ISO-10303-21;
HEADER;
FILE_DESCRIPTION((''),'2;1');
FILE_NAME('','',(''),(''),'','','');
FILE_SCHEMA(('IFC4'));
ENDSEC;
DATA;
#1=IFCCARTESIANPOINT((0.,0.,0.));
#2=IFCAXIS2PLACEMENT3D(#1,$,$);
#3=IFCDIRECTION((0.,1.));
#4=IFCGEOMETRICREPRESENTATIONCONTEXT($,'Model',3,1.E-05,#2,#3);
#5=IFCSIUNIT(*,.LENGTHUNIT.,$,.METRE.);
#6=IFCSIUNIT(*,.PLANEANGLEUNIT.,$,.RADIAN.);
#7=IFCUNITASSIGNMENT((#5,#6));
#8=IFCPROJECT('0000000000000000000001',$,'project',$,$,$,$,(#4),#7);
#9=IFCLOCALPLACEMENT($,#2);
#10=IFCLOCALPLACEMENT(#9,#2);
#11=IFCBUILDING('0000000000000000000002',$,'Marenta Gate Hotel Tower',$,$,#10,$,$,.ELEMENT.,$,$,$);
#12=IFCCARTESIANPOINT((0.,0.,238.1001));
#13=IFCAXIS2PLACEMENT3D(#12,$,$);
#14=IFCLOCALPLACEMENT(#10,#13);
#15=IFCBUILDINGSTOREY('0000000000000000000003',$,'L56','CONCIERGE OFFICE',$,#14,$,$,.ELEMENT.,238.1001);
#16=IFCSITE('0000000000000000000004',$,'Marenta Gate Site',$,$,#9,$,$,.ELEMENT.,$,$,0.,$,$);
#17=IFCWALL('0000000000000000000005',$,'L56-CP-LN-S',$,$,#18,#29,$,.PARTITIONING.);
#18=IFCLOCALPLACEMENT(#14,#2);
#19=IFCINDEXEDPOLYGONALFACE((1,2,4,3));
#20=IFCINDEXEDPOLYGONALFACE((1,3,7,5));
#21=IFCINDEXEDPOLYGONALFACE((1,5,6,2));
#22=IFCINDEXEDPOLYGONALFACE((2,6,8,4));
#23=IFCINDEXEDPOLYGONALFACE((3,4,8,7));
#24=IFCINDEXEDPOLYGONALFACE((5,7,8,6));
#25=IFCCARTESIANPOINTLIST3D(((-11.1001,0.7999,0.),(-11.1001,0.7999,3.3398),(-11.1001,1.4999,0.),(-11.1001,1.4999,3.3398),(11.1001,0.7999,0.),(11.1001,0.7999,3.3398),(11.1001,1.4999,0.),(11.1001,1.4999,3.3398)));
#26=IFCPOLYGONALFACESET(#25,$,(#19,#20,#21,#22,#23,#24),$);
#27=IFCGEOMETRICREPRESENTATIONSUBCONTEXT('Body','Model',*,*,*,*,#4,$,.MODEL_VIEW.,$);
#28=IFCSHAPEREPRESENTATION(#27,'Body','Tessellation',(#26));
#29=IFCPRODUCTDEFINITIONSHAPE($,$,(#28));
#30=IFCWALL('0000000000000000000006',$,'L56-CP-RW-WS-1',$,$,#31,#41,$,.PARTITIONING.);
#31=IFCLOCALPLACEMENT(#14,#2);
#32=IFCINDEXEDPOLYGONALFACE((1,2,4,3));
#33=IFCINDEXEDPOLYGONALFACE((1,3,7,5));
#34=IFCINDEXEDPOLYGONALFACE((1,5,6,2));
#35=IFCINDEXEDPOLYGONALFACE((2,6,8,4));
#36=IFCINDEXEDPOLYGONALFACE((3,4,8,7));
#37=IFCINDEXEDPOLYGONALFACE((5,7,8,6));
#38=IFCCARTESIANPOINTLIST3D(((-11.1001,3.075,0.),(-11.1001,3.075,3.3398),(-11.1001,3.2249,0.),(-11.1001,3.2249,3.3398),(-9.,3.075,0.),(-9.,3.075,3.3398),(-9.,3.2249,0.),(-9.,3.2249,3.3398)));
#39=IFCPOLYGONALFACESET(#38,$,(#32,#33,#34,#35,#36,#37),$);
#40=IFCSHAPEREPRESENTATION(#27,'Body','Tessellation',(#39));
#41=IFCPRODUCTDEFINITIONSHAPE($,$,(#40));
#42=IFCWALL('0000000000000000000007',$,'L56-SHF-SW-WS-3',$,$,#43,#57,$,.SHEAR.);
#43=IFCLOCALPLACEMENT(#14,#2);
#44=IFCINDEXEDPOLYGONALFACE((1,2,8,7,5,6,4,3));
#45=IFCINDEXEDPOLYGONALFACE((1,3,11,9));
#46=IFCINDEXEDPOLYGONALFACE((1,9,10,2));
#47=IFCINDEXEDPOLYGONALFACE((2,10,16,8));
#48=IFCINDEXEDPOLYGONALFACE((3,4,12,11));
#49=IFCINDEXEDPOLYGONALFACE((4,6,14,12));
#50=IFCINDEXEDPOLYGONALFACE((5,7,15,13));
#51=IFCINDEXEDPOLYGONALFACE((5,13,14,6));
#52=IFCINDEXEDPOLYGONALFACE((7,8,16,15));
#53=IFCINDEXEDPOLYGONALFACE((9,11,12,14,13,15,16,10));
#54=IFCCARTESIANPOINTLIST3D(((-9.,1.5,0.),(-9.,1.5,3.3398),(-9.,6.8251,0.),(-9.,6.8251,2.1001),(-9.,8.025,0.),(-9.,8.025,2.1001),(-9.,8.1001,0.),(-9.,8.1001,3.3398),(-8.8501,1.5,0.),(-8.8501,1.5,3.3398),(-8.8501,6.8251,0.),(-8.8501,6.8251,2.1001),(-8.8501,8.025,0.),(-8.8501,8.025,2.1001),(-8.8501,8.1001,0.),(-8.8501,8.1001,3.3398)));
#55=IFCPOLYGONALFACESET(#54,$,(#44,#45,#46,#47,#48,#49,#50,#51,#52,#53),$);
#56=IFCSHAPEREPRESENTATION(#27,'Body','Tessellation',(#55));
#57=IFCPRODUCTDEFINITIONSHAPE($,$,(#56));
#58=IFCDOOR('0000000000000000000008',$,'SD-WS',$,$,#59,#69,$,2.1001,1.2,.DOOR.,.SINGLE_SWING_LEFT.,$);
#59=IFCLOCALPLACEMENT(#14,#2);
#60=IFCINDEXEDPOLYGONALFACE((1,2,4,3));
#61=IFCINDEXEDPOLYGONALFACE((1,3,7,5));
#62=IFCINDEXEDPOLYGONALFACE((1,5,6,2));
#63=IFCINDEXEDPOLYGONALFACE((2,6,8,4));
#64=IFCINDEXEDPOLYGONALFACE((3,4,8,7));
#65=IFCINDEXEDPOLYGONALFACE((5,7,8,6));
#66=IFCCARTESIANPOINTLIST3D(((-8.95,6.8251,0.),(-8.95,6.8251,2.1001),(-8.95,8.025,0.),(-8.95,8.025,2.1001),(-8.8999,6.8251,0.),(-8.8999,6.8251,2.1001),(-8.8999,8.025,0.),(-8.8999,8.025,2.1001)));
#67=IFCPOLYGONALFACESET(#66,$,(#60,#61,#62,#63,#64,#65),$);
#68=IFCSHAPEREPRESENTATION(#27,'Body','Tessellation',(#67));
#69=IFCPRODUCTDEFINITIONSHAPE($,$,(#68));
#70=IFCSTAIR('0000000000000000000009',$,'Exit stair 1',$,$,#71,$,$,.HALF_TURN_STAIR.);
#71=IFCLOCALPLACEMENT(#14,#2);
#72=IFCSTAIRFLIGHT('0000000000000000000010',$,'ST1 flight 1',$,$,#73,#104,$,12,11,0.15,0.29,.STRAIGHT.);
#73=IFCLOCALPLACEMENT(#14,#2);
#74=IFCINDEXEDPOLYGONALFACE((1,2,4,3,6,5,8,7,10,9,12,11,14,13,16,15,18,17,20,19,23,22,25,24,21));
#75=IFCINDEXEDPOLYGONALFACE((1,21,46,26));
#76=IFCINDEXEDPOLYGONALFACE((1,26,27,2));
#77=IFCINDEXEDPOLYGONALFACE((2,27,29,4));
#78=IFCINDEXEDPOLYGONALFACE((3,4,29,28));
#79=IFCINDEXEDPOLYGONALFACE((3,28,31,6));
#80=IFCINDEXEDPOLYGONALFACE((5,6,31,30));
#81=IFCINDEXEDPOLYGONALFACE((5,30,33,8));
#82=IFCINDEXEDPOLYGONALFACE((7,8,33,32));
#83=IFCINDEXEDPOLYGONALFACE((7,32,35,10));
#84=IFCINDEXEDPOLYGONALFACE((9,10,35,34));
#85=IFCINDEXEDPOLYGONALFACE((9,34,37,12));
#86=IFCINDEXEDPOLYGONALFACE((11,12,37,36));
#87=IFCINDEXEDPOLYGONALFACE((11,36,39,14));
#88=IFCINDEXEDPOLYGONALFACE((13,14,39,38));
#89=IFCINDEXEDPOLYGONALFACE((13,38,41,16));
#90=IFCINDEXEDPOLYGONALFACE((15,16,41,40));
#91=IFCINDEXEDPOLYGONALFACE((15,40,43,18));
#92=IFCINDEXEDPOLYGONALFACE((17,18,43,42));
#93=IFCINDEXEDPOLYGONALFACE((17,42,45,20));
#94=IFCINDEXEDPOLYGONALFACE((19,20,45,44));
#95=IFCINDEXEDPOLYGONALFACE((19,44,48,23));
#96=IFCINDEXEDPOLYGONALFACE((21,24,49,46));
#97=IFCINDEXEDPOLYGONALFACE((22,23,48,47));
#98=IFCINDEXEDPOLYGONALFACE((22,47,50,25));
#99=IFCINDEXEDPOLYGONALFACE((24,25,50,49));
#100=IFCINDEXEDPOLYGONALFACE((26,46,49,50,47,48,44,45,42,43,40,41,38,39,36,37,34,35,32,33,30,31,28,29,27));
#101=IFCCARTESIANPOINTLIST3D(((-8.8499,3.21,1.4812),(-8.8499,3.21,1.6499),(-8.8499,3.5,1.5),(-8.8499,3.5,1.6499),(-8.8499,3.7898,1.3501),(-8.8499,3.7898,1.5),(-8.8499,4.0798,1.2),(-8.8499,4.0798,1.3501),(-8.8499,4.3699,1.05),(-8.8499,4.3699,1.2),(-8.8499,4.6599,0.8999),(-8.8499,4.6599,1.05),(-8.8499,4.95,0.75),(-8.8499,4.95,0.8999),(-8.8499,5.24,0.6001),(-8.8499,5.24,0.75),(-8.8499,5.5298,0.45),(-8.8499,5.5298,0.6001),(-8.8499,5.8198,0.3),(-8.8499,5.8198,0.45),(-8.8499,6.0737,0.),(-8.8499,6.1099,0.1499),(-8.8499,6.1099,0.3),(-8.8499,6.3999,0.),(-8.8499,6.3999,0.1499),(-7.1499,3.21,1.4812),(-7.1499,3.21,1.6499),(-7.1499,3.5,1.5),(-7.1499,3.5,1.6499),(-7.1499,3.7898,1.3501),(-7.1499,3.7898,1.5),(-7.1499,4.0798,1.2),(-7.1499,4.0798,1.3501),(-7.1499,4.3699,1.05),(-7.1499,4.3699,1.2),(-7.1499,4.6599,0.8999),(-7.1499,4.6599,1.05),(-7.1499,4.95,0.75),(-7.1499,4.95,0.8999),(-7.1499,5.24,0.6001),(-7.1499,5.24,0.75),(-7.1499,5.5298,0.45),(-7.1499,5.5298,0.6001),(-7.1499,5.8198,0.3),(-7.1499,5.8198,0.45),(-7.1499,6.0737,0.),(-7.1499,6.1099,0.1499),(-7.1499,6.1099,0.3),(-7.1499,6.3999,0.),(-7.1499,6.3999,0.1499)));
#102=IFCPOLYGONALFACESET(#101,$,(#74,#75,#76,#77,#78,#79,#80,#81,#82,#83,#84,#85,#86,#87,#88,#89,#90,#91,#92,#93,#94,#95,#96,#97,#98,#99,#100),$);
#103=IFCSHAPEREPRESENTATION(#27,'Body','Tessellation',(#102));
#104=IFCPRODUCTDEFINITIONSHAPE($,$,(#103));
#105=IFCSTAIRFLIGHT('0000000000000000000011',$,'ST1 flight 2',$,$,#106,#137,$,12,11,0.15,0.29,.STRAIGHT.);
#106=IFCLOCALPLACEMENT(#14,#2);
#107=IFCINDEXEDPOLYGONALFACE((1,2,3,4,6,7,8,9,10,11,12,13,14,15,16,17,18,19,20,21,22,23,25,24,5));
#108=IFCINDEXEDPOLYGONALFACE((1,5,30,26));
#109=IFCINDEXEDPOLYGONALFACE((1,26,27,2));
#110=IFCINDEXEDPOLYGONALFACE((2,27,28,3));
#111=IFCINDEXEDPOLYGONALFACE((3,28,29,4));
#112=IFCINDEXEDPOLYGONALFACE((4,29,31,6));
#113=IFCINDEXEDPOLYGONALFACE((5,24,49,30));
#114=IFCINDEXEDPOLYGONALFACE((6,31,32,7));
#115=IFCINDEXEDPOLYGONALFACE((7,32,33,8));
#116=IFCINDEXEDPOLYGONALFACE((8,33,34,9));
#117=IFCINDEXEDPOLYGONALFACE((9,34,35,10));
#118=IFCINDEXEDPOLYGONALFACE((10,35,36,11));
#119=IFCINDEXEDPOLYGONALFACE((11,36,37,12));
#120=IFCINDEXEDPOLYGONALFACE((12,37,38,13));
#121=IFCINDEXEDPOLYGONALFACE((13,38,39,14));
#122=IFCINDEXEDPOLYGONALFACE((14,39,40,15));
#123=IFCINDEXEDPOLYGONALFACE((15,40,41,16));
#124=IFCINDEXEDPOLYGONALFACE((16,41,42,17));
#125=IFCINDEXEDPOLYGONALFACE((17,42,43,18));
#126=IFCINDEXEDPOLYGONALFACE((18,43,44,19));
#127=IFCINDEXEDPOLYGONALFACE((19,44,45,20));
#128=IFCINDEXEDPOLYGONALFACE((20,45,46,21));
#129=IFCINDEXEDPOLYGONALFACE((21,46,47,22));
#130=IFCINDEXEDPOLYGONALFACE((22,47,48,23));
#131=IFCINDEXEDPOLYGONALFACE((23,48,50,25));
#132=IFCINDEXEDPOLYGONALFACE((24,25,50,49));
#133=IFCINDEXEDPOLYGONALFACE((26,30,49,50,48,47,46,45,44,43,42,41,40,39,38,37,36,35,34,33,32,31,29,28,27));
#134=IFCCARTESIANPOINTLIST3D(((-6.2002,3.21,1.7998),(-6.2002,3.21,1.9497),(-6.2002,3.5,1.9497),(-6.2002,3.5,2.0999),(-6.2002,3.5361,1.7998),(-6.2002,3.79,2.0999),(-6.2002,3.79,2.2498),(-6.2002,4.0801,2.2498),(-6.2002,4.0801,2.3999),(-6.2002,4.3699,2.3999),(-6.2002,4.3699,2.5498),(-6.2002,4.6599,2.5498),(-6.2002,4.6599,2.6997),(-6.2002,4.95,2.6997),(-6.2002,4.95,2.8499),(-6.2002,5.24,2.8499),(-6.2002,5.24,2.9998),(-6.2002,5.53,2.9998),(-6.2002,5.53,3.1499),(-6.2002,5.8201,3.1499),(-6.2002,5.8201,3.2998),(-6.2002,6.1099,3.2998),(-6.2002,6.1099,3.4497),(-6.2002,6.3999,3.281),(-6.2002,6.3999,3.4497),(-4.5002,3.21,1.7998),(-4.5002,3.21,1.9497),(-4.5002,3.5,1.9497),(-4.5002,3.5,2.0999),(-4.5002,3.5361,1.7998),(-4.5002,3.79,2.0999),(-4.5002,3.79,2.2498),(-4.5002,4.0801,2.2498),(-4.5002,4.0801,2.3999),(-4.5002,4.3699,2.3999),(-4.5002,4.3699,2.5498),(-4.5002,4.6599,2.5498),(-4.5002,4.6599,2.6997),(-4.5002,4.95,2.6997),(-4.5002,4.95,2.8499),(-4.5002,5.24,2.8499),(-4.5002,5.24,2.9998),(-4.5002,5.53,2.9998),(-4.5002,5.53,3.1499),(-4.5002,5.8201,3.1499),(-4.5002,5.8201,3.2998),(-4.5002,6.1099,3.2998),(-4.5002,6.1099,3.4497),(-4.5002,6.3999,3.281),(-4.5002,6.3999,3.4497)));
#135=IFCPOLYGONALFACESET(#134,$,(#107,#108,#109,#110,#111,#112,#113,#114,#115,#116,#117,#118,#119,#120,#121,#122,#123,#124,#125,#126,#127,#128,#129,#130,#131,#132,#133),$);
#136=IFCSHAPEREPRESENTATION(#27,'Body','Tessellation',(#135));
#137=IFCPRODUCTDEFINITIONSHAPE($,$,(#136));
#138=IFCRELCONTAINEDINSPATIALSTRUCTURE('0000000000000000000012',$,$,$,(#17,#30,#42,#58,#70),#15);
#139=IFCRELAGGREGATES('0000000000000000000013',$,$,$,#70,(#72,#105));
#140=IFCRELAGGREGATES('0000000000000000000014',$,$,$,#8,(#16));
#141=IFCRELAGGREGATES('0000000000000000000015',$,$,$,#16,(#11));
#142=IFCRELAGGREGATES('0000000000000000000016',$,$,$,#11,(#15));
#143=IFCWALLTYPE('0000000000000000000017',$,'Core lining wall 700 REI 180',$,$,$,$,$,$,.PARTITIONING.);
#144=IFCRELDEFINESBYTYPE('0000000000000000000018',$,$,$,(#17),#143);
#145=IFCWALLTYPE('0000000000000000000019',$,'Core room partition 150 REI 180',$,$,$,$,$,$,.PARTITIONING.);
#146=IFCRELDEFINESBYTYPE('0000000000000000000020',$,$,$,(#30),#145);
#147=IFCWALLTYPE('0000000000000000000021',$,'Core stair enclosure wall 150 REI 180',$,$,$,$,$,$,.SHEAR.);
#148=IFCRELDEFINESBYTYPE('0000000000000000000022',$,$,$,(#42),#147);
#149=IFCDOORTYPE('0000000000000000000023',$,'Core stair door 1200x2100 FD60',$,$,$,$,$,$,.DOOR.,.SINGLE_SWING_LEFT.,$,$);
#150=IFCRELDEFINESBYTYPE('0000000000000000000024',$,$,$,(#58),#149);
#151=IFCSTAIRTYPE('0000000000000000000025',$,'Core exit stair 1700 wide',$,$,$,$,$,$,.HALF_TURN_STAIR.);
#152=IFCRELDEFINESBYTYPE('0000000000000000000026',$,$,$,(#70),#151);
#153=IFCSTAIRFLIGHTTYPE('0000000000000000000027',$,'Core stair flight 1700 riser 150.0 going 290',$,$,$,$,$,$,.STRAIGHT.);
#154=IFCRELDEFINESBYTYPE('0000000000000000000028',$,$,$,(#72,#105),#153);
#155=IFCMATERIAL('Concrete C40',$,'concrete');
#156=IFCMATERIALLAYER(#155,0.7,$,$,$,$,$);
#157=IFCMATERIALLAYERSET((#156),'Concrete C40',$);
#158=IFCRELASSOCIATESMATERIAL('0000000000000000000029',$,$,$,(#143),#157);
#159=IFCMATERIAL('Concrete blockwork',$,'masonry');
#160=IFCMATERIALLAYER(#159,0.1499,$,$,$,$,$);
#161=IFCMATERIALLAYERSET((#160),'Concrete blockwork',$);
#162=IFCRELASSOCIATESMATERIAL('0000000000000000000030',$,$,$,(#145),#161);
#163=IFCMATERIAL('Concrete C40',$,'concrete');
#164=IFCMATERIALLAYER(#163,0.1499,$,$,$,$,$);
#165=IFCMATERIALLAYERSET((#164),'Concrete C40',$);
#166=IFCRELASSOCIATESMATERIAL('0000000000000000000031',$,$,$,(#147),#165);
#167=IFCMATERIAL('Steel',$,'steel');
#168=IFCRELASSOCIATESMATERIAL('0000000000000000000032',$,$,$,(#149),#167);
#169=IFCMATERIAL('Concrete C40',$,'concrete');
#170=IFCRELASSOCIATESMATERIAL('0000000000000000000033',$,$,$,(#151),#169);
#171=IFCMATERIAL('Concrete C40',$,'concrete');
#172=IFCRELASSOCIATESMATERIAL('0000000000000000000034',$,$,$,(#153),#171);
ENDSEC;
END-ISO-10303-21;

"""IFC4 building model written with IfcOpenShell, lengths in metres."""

from ifc_helpers import new_model, si_unit, direction, frame, frame_2d, origin, place, context, subcontext, project, spatial, polyline, rectangle, outline, extrude, material, layer, layer_set, type_object, element, fill, aggregate, save


model = new_model("IFC4")

# Units and contexts
model_context = context("Model", 3, precision=1e-05, world=origin(), true_north=direction((0.0, 1.0)))
body_context = subcontext(model_context, "Body", "Model", "MODEL_VIEW")
ifc_project = project(units=[si_unit("LENGTHUNIT", "METRE"), si_unit("PLANEANGLEUNIT", "RADIAN")], contexts=[model_context])

# Site, building, storey
site_placement = place(None, origin())
site = spatial("IfcSite", under=ifc_project, at=site_placement, Name="Marenta Gate Site", CompositionType="ELEMENT", RefElevation=0.0)
building_placement = place(site_placement, origin())
building = spatial("IfcBuilding", under=site, at=building_placement, Name="Marenta Gate Hotel Tower", CompositionType="ELEMENT")
storey_placement = place(building_placement, frame((0.0, 0.0, 238.1001)))
storey = spatial("IfcBuildingStorey", under=building, at=storey_placement, Name="L56", Description="CONCIERGE OFFICE", CompositionType="ELEMENT", Elevation=238.1001)

# Walls
ifc_material_1 = material(Name="Concrete C40", Category="concrete")
ifc_layer_1 = layer(ifc_material_1, 0.7)
ifc_layer_set_1 = layer_set([ifc_layer_1], Name="Concrete C40")
wall_type_1 = type_object("IfcWallType", Name="Core lining wall 700 REI 180", PredefinedType="PARTITIONING", material=ifc_layer_set_1)
wall_1_placement = place(storey_placement, frame((-11.1001, 1.1499, 0.0), z_axis=(0.0, 0.0, 1.0), x_axis=(1.0, 0.0, 0.0)))
element("IfcWall", 1, at=wall_1_placement, inside=storey, type_object=wall_type_1, Name="L56-CP-LN-S", PredefinedType="PARTITIONING", context=body_context, shape_type="SweptSolid", body=[
    extrude(rectangle(XDim=22.2002, YDim=0.7, at=frame_2d((11.1001, 0.0))), origin(), (0.0, 0.0, 1.0), 3.3398),
])
ifc_material_2 = material(Name="Concrete blockwork", Category="masonry")
ifc_layer_2 = layer(ifc_material_2, 0.1499)
ifc_layer_set_2 = layer_set([ifc_layer_2], Name="Concrete blockwork")
wall_type_2 = type_object("IfcWallType", Name="Core room partition 150 REI 180", PredefinedType="PARTITIONING", material=ifc_layer_set_2)
wall_2_placement = place(storey_placement, frame((-11.1001, 3.1499, 0.0), z_axis=(0.0, 0.0, 1.0), x_axis=(1.0, 0.0, 0.0)))
element("IfcWall", 2, at=wall_2_placement, inside=storey, type_object=wall_type_2, Name="L56-CP-RW-WS-1", PredefinedType="PARTITIONING", context=body_context, shape_type="SweptSolid", body=[
    extrude(rectangle(XDim=2.1001, YDim=0.1499, at=frame_2d((1.05, 0.0))), origin(), (0.0, 0.0, 1.0), 3.3398),
])

# Wall, opening, door
ifc_material_3 = material(Name="Concrete C40", Category="concrete")
ifc_layer_3 = layer(ifc_material_3, 0.1499)
ifc_layer_set_3 = layer_set([ifc_layer_3], Name="Concrete C40")
wall_type_3 = type_object("IfcWallType", Name="Core stair enclosure wall 150 REI 180", PredefinedType="SHEAR", material=ifc_layer_set_3)
wall_3_placement = place(storey_placement, frame((-8.925, 1.5, 0.0), z_axis=(0.0, 0.0, 1.0), x_axis=(0.0, 1.0, 0.0)))
wall_3 = element("IfcWall", 3, at=wall_3_placement, inside=storey, type_object=wall_type_3, Name="L56-SHF-SW-WS-3", PredefinedType="SHEAR", context=body_context, shape_type="SweptSolid", body=[
    extrude(rectangle(XDim=6.6001, YDim=0.1499, at=frame_2d((3.3, 0.0))), origin(), (0.0, 0.0, 1.0), 3.3398),
])
opening_placement = place(wall_3_placement, frame((5.325, 0.0, 0.0)))
opening = element("IfcOpeningElement", 4, at=opening_placement, cuts=wall_3, PredefinedType="OPENING", context=body_context, shape_type="SweptSolid", body=[
    extrude(rectangle(XDim=1.2, YDim=2.1001, at=frame_2d((0.6001, 1.05))), frame((0.0, 0.075, 0.0), z_axis=(0.0, -1.0, 0.0), x_axis=(1.0, 0.0, 0.0)), (0.0, 0.0, 1.0), 0.1499),
])
ifc_material_4 = material(Name="Steel", Category="steel")
door_type = type_object("IfcDoorType", Name="Core stair door 1200x2100 FD60", OperationType="SINGLE_SWING_LEFT", PredefinedType="DOOR", material=ifc_material_4)
door_placement = place(opening_placement, origin())
door = element("IfcDoor", 5, at=door_placement, inside=storey, type_object=door_type, Name="SD-WS", OperationType="SINGLE_SWING_LEFT", OverallHeight=2.1001, OverallWidth=1.2, PredefinedType="DOOR", context=body_context, shape_type="SweptSolid", body=[
    extrude(rectangle(XDim=1.2, YDim=2.1001, at=frame_2d((0.6001, 1.05))), frame((0.0, 0.0249, 0.0), z_axis=(0.0, -1.0, 0.0), x_axis=(1.0, 0.0, 0.0)), (0.0, 0.0, 1.0), 0.05),
])
fill(opening, door)

# Stair, stair flights
ifc_material_5 = material(Name="Concrete C40", Category="concrete")
stair_type = type_object("IfcStairType", Name="Core exit stair 1700 wide", PredefinedType="HALF_TURN_STAIR", material=ifc_material_5)
stair_placement = place(storey_placement, origin())
stair = element("IfcStair", 6, at=stair_placement, inside=storey, type_object=stair_type, Name="Exit stair 1", PredefinedType="HALF_TURN_STAIR")
ifc_material_6 = material(Name="Concrete C40", Category="concrete")
stair_flight_type = type_object("IfcStairFlightType", Name="Core stair flight 1700 riser 150.0 going 290", PredefinedType="STRAIGHT", material=ifc_material_6)
stair_flight_1_placement = place(storey_placement, frame((-8.0, 6.3999, 0.0), z_axis=(0.0, 0.0, 1.0), x_axis=(0.0, -1.0, 0.0)))
stair_flight_1 = element("IfcStairFlight", 7, at=stair_flight_1_placement, type_object=stair_flight_type, Name="ST1 flight 1", NumberOfRisers=12, NumberOfTreads=11, PredefinedType="STRAIGHT", RiserHeight=0.15, TreadLength=0.29, context=body_context, shape_type="SweptSolid", body=[
    extrude(outline(polyline([(0.0, 0.0), (0.0, 0.1499), (0.29, 0.1499), (0.29, 0.3), (0.5801, 0.3), (0.5801, 0.45), (0.8701, 0.45), (0.8701, 0.6001), (1.1599, 0.6001), (1.1599, 0.75), (1.45, 0.75), (1.45, 0.8999), (1.74, 0.8999), (1.74, 1.05), (2.03, 1.05), (2.03, 1.2), (2.3201, 1.2), (2.3201, 1.3501), (2.6101, 1.3501), (2.6101, 1.5), (2.8999, 1.5), (2.8999, 1.6499), (3.1899, 1.6499), (3.1899, 1.8), (3.1899, 1.4812), (0.3262, 0.0), (0.0, 0.0)])), frame((0.0, 0.8501, 0.0), z_axis=(0.0, -1.0, 0.0), x_axis=(1.0, 0.0, 0.0)), (0.0, 0.0, 1.0), 1.7),
])
stair_flight_2_placement = place(storey_placement, frame((-5.3501, 3.21, 1.7998), z_axis=(0.0, 0.0, 1.0), x_axis=(0.0, 1.0, 0.0)))
stair_flight_2 = element("IfcStairFlight", 8, at=stair_flight_2_placement, type_object=stair_flight_type, Name="ST1 flight 2", NumberOfRisers=12, NumberOfTreads=11, PredefinedType="STRAIGHT", RiserHeight=0.15, TreadLength=0.29, context=body_context, shape_type="SweptSolid", body=[
    extrude(outline(polyline([(0.0, 0.0), (0.0, 0.1499), (0.29, 0.1499), (0.29, 0.3), (0.5801, 0.3), (0.5801, 0.45), (0.8701, 0.45), (0.8701, 0.6001), (1.1599, 0.6001), (1.1599, 0.75), (1.45, 0.75), (1.45, 0.8999), (1.74, 0.8999), (1.74, 1.05), (2.03, 1.05), (2.03, 1.2), (2.3201, 1.2), (2.3201, 1.3501), (2.6101, 1.3501), (2.6101, 1.5), (2.8999, 1.5), (2.8999, 1.6499), (3.1899, 1.6499), (3.1899, 1.8), (3.1899, 1.4812), (0.3262, 0.0), (0.0, 0.0)])), frame((0.0, 0.8501, 0.0), z_axis=(0.0, -1.0, 0.0), x_axis=(1.0, 0.0, 0.0)), (0.0, 0.0, 1.0), 1.7),
])
aggregate(stair, [stair_flight_1, stair_flight_2])

save(model, "model.ifc")
